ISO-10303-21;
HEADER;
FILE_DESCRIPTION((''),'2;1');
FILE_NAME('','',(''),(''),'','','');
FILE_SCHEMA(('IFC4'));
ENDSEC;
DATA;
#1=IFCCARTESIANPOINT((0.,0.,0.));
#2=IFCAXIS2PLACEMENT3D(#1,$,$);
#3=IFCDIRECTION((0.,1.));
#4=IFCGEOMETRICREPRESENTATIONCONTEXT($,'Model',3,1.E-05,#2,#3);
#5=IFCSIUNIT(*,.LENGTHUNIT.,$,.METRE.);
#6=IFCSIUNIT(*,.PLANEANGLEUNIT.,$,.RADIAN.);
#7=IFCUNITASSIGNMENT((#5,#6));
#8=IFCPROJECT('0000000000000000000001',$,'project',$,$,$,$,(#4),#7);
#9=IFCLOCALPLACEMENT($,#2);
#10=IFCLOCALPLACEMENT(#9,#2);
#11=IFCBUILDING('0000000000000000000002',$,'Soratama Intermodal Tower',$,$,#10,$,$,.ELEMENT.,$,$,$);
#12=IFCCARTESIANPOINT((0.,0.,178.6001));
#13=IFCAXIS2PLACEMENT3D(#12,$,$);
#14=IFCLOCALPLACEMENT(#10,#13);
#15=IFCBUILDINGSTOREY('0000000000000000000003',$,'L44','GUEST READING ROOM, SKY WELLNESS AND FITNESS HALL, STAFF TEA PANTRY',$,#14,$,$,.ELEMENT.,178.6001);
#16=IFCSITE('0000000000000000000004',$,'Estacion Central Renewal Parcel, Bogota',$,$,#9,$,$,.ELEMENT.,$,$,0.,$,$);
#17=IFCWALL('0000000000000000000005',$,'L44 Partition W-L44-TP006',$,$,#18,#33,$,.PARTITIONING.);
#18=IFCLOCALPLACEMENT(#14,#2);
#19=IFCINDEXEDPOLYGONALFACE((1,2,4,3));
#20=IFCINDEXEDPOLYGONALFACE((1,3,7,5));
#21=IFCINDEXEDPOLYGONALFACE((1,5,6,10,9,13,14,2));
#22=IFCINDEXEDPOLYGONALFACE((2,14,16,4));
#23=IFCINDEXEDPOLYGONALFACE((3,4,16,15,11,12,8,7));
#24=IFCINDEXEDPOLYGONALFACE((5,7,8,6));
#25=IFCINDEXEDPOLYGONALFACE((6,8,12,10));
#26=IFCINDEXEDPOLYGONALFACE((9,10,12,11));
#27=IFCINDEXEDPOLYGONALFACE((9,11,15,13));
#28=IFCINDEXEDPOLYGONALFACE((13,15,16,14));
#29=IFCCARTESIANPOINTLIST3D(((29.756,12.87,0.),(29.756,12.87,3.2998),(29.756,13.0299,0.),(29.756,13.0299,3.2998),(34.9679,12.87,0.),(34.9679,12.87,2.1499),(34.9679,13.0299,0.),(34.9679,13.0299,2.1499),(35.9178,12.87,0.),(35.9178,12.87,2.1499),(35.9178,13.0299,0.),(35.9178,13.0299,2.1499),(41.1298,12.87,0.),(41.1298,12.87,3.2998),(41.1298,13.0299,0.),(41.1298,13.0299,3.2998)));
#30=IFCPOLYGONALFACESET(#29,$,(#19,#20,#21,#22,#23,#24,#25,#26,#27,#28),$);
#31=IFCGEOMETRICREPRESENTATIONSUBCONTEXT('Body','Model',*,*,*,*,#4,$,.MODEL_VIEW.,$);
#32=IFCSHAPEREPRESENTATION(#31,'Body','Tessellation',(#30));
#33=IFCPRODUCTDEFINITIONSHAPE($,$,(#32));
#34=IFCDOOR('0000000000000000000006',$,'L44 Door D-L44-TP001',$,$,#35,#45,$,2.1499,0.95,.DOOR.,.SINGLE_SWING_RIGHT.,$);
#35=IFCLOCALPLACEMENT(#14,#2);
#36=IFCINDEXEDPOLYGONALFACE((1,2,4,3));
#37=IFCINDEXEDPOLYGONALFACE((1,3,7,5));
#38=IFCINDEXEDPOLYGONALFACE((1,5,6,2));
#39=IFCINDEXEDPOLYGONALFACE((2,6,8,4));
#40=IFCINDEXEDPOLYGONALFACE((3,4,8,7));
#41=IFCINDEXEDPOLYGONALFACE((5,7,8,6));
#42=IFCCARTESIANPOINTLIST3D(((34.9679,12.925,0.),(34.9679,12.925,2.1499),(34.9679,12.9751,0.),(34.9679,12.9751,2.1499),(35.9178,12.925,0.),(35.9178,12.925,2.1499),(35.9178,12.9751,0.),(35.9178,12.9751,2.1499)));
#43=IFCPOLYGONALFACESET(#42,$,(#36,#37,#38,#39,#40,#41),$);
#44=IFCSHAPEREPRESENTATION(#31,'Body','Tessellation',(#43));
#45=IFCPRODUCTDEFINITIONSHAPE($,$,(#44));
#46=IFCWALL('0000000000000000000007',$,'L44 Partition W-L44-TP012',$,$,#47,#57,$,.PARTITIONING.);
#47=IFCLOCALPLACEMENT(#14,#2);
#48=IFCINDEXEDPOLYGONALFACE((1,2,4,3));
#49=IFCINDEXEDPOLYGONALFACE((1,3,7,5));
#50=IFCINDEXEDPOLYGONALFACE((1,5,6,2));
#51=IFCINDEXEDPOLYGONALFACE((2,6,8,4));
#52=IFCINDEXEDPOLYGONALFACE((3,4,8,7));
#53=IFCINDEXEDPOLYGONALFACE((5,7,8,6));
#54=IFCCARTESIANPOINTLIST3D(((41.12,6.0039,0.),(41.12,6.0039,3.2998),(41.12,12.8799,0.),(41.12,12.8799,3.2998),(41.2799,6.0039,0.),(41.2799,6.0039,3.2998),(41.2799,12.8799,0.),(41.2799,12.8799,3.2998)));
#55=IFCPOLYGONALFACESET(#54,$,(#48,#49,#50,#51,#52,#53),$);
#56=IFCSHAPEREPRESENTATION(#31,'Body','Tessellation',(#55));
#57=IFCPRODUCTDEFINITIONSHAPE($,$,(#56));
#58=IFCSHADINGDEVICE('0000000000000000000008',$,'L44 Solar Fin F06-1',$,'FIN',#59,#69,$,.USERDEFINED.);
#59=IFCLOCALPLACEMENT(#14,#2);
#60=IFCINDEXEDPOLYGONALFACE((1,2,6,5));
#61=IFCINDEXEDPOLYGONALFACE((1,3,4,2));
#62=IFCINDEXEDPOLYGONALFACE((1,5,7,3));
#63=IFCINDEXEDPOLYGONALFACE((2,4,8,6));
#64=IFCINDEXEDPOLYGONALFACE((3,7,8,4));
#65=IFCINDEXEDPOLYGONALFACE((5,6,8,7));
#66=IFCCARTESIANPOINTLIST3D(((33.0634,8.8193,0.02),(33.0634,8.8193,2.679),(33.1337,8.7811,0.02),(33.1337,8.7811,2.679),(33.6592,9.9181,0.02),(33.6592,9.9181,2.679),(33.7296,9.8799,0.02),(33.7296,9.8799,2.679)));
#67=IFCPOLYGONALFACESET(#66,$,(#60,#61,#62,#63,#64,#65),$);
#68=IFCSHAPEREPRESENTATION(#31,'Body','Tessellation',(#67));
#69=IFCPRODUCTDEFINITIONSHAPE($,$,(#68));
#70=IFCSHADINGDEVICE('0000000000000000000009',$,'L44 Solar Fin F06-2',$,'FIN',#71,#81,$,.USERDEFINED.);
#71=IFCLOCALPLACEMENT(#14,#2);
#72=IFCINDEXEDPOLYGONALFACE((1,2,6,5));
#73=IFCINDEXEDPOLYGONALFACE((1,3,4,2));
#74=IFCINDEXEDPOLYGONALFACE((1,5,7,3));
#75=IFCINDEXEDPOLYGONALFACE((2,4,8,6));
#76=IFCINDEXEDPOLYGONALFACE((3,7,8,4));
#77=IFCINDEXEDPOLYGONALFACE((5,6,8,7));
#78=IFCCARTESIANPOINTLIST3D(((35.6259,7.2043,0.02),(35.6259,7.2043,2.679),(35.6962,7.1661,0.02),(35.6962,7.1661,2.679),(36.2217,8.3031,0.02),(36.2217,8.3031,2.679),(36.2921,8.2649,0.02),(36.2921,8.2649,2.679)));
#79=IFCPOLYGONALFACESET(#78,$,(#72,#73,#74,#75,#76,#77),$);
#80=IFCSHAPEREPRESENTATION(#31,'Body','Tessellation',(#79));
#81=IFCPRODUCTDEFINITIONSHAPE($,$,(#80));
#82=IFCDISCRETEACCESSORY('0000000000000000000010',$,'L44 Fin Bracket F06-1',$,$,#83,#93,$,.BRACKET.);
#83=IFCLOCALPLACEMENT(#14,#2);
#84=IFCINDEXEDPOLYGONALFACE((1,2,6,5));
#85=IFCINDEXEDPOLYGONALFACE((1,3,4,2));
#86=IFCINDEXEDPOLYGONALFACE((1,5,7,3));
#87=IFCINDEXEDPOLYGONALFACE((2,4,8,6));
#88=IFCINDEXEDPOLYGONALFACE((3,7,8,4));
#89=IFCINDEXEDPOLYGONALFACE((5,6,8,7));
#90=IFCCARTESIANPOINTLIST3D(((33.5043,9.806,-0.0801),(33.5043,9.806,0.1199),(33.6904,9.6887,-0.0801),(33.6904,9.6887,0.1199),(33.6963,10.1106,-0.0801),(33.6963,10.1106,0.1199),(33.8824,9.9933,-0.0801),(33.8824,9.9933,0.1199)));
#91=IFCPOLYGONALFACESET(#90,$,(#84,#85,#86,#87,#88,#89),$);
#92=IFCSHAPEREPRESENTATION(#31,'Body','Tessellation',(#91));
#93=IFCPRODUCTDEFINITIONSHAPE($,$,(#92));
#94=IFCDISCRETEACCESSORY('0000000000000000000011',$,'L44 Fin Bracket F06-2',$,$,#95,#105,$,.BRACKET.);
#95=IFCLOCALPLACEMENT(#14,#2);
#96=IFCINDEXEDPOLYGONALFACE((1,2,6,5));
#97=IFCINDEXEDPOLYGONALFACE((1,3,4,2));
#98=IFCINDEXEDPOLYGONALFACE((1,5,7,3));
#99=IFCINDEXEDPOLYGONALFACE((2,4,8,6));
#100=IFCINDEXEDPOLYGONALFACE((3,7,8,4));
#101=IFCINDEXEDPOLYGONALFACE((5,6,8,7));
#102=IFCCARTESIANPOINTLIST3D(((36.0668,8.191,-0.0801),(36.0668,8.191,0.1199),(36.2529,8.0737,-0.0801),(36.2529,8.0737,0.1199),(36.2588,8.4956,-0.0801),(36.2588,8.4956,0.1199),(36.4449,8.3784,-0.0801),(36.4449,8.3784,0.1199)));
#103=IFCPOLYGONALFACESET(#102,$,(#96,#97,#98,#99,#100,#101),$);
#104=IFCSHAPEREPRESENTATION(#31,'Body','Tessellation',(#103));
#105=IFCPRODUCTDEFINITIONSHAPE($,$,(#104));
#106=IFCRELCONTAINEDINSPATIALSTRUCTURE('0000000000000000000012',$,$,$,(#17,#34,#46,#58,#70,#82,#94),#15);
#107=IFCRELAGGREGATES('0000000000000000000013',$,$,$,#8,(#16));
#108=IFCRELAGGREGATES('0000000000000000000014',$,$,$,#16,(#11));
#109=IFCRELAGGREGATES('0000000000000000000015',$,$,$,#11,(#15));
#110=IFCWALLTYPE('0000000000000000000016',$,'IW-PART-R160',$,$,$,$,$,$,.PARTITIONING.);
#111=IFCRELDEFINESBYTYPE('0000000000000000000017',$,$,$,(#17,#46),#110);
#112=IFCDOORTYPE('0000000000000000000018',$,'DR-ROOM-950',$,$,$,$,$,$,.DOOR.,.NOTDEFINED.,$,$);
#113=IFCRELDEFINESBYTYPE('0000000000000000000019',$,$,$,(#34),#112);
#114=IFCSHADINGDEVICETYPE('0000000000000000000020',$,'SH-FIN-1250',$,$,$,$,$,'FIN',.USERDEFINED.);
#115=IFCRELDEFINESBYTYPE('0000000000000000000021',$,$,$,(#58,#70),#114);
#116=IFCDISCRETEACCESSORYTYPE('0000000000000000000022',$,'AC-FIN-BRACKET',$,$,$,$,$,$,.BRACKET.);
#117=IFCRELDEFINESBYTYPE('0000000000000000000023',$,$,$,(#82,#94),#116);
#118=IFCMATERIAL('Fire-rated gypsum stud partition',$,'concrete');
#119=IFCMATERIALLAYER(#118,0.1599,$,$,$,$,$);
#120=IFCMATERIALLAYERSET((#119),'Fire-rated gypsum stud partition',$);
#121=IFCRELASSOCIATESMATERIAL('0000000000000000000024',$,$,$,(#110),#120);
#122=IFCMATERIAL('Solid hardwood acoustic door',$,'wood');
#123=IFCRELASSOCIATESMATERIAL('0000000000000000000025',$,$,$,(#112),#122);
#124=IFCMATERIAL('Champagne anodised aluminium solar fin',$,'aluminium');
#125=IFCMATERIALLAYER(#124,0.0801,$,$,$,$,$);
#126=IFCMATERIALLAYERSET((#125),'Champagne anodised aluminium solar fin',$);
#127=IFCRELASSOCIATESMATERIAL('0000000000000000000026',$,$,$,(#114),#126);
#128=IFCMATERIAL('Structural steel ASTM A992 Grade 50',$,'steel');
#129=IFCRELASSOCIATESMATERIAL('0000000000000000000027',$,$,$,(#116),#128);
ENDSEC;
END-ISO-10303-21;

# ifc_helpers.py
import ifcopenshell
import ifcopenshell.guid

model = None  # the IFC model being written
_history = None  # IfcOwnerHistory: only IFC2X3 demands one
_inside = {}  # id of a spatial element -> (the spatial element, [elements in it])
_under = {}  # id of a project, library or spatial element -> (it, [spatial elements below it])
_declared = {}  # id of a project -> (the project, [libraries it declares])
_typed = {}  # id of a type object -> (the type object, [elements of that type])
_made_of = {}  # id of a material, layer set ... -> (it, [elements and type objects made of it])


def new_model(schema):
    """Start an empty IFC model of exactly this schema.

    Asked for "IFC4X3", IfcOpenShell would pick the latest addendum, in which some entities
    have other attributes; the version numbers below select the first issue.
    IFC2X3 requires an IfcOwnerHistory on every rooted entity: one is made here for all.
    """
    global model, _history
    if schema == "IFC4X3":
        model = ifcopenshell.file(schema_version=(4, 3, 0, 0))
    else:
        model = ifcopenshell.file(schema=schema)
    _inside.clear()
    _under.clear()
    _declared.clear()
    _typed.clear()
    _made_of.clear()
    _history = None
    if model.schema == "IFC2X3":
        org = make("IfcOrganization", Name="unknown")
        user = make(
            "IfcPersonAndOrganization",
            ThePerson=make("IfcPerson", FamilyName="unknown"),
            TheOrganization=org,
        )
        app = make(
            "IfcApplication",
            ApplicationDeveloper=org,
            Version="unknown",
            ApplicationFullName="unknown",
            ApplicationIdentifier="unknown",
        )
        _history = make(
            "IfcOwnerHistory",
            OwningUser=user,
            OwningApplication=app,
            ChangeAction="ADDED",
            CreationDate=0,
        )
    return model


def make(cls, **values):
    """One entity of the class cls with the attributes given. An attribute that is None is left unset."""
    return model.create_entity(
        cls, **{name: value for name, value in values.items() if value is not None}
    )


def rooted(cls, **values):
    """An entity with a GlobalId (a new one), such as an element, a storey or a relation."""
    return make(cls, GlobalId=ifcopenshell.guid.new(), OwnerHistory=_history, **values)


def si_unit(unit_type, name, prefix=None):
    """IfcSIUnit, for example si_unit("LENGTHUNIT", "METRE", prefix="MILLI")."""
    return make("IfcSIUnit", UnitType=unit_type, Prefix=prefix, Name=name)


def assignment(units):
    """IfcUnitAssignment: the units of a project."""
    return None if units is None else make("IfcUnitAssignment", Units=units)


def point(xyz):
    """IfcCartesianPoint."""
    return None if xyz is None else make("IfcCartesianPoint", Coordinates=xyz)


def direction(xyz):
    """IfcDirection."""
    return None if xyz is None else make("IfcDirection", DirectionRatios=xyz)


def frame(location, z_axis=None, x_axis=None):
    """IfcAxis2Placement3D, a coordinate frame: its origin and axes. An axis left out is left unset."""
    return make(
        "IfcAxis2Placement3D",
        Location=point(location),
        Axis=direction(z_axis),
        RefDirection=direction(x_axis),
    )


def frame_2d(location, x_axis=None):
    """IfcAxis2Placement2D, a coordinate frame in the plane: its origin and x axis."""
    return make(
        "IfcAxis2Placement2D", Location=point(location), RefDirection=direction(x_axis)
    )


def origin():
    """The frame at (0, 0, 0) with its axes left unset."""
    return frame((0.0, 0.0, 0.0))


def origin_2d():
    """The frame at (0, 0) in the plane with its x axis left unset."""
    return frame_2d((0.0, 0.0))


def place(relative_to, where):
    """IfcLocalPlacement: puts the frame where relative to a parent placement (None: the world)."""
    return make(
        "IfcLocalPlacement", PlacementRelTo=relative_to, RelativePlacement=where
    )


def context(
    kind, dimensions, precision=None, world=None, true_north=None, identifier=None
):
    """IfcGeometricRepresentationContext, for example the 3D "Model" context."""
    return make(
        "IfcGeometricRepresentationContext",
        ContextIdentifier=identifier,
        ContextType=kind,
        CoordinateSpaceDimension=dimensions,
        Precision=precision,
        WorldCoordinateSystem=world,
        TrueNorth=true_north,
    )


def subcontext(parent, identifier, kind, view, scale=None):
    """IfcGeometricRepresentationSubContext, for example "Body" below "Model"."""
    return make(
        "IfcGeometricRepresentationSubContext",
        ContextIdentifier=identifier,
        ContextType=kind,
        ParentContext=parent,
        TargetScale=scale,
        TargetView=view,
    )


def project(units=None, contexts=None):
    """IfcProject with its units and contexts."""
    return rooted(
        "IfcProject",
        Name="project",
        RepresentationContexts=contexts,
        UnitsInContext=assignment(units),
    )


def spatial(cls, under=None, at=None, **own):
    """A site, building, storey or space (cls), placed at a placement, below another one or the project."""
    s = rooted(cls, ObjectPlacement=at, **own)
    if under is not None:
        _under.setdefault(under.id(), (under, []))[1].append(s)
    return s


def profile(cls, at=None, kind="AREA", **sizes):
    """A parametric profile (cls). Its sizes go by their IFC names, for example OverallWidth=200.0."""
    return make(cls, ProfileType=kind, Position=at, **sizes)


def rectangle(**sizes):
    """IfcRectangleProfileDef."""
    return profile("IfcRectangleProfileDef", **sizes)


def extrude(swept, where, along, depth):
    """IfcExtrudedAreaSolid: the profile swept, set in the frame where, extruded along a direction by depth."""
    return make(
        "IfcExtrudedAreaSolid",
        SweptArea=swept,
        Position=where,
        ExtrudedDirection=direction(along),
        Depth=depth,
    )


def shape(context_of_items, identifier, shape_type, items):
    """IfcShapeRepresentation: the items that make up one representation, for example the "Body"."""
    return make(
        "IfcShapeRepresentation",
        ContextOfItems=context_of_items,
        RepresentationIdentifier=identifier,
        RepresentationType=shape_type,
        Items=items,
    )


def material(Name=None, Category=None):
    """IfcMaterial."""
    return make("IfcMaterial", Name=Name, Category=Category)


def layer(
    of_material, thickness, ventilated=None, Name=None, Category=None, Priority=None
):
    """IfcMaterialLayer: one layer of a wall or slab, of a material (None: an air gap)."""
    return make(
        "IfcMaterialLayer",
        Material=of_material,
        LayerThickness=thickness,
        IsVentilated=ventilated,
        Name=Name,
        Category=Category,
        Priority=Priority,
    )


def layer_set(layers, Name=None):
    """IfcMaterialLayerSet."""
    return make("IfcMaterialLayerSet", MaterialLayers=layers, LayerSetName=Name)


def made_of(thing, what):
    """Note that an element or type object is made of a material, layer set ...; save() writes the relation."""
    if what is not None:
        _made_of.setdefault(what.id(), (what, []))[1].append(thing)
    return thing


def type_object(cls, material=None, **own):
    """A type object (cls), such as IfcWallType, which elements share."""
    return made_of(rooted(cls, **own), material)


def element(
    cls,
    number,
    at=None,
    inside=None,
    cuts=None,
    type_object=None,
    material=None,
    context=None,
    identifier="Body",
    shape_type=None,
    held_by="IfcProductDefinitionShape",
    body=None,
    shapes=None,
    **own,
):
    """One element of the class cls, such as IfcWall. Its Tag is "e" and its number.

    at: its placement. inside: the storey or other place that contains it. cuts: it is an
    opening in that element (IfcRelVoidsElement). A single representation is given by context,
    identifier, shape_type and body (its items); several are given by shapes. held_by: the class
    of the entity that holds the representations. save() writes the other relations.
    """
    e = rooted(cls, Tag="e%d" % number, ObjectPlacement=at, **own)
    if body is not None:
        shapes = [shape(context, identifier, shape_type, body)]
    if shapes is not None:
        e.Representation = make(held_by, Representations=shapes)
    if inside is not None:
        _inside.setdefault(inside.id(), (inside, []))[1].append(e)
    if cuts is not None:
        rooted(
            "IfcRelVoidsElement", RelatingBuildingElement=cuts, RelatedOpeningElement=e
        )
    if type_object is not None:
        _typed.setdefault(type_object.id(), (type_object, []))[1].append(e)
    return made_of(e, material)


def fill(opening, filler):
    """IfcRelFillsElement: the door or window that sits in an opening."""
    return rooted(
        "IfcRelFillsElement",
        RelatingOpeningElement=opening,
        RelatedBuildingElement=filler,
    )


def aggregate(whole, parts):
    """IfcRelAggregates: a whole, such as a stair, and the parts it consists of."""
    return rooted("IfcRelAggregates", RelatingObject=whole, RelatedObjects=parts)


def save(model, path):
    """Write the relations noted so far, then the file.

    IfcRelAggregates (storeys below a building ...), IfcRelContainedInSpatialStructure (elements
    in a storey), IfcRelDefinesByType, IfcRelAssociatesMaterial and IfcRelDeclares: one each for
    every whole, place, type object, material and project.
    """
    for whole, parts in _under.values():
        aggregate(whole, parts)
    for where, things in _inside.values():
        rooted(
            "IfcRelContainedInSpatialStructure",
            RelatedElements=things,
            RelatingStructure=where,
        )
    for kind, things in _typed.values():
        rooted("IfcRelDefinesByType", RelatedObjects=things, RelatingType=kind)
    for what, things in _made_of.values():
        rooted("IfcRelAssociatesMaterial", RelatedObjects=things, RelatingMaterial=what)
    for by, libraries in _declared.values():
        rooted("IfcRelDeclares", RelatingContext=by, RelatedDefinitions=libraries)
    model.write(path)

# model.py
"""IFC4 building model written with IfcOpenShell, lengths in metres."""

from ifc_helpers import new_model, si_unit, direction, frame, frame_2d, origin, origin_2d, place, context, subcontext, project, spatial, rectangle, extrude, material, layer, layer_set, type_object, element, fill, save


model = new_model("IFC4")

# Units and contexts
model_context = context("Model", 3, precision=1e-05, world=origin(), true_north=direction((0.0, 1.0)))
body_context = subcontext(model_context, "Body", "Model", "MODEL_VIEW")
ifc_project = project(units=[si_unit("LENGTHUNIT", "METRE"), si_unit("PLANEANGLEUNIT", "RADIAN")], contexts=[model_context])

# Site, building, storey
site_placement = place(None, origin())
site = spatial("IfcSite", under=ifc_project, at=site_placement, Name="Estacion Central Renewal Parcel, Bogota", CompositionType="ELEMENT", RefElevation=0.0)
building_placement = place(site_placement, origin())
building = spatial("IfcBuilding", under=site, at=building_placement, Name="Soratama Intermodal Tower", CompositionType="ELEMENT")
storey_placement = place(building_placement, frame((0.0, 0.0, 178.6001)))
storey = spatial("IfcBuildingStorey", under=building, at=storey_placement, Name="L44", Description="GUEST READING ROOM, SKY WELLNESS AND FITNESS HALL, STAFF TEA PANTRY", CompositionType="ELEMENT", Elevation=178.6001)

# Wall, opening, door
ifc_material_1 = material(Name="Fire-rated gypsum stud partition", Category="concrete")
ifc_layer_1 = layer(ifc_material_1, 0.1599)
ifc_layer_set_1 = layer_set([ifc_layer_1], Name="Fire-rated gypsum stud partition")
wall_type_1 = type_object("IfcWallType", Name="IW-PART-R160", PredefinedType="PARTITIONING", material=ifc_layer_set_1)
wall_1_placement = place(storey_placement, frame((41.1299, 12.95, 0.0), z_axis=(0.0, 0.0, 1.0), x_axis=(-1.0, 0.0, 0.0)))
wall_1 = element("IfcWall", 1, at=wall_1_placement, inside=storey, type_object=wall_type_1, Name="L44 Partition W-L44-TP006", PredefinedType="PARTITIONING", context=body_context, shape_type="SweptSolid", body=[
    extrude(rectangle(XDim=11.3738, YDim=0.1599, at=frame_2d((5.687, 0.0))), origin(), (0.0, 0.0, 1.0), 3.2998),
])
opening_1_placement = place(wall_1_placement, frame((5.2119, 0.0, 0.0)))
opening_1 = element("IfcOpeningElement", 2, at=opening_1_placement, cuts=wall_1, PredefinedType="OPENING", context=body_context, shape_type="SweptSolid", body=[
    extrude(rectangle(XDim=0.95, YDim=2.1499, at=frame_2d((0.4751, 1.075))), frame((0.0, 0.0898, 0.0), z_axis=(0.0, -1.0, 0.0), x_axis=(1.0, 0.0, 0.0)), (0.0, 0.0, 1.0), 0.1799),
])
ifc_material_2 = material(Name="Solid hardwood acoustic door", Category="wood")
door_type = type_object("IfcDoorType", Name="DR-ROOM-950", OperationType="NOTDEFINED", PredefinedType="DOOR", material=ifc_material_2)
door_placement = place(opening_1_placement, origin())
door = element("IfcDoor", 3, at=door_placement, inside=storey, type_object=door_type, Name="L44 Door D-L44-TP001", OperationType="SINGLE_SWING_RIGHT", OverallHeight=2.1499, OverallWidth=0.95, PredefinedType="DOOR", context=body_context, shape_type="SweptSolid", body=[
    extrude(rectangle(XDim=0.95, YDim=2.1499, at=frame_2d((0.4751, 1.075))), frame((0.0, 0.0249, 0.0), z_axis=(0.0, -1.0, 0.0), x_axis=(1.0, 0.0, 0.0)), (0.0, 0.0, 1.0), 0.05),
])
fill(opening_1, door)

# Wall
wall_2_placement = place(storey_placement, frame((41.2, 6.0039, 0.0), z_axis=(0.0, 0.0, 1.0), x_axis=(0.0, 1.0, 0.0)))
element("IfcWall", 4, at=wall_2_placement, inside=storey, type_object=wall_type_1, Name="L44 Partition W-L44-TP012", PredefinedType="PARTITIONING", context=body_context, shape_type="SweptSolid", body=[
    extrude(rectangle(XDim=6.876, YDim=0.1599, at=frame_2d((3.438, 0.0))), origin(), (0.0, 0.0, 1.0), 3.2998),
])

# Shading devices
ifc_material_3 = material(Name="Champagne anodised aluminium solar fin", Category="aluminium")
ifc_layer_2 = layer(ifc_material_3, 0.0801)
ifc_layer_set_2 = layer_set([ifc_layer_2], Name="Champagne anodised aluminium solar fin")
shading_device_type = type_object("IfcShadingDeviceType", Name="SH-FIN-1250", ElementType="FIN", PredefinedType="USERDEFINED", material=ifc_layer_set_2)
for number, where, z_axis, x_axis, name in (
    (5, (33.3965, 9.3496, 0.02), (0.0, 0.0, 1.0), (-0.476699, -0.879067, 0.0), "L44 Solar Fin F06-1"),
    (6, (35.959, 7.7346, 0.02), (0.0, 0.0, 1.0), (-0.476699, -0.879067, 0.0), "L44 Solar Fin F06-2"),
):
    element("IfcShadingDevice", number, at=place(storey_placement, frame(where, z_axis=z_axis, x_axis=x_axis)), inside=storey, type_object=shading_device_type, Name=name, ObjectType="FIN", PredefinedType="USERDEFINED", context=body_context, shape_type="SweptSolid", body=[
        extrude(rectangle(XDim=1.25, YDim=0.0801, at=origin_2d()), origin(), (0.0, 0.0, 1.0), 2.6589),
    ])

# Discrete accessories
ifc_material_4 = material(Name="Structural steel ASTM A992 Grade 50", Category="steel")
discrete_accessory_type = type_object("IfcDiscreteAccessoryType", Name="AC-FIN-BRACKET", PredefinedType="BRACKET", material=ifc_material_4)
for number, where, z_axis, x_axis, name in (
    (7, (33.6934, 9.8997, -0.0801), (0.0, 0.0, 1.0), (-0.533172, -0.846007, 0.0), "L44 Fin Bracket F06-1"),
    (8, (36.2559, 8.2847, -0.0801), (0.0, 0.0, 1.0), (-0.533172, -0.846007, 0.0), "L44 Fin Bracket F06-2"),
):
    element("IfcDiscreteAccessory", number, at=place(storey_placement, frame(where, z_axis=z_axis, x_axis=x_axis)), inside=storey, type_object=discrete_accessory_type, Name=name, PredefinedType="BRACKET", context=body_context, shape_type="SweptSolid", body=[
        extrude(rectangle(XDim=0.3601, YDim=0.22, at=origin_2d()), origin(), (0.0, 0.0, 1.0), 0.2),
    ])

save(model, "model.ifc")
